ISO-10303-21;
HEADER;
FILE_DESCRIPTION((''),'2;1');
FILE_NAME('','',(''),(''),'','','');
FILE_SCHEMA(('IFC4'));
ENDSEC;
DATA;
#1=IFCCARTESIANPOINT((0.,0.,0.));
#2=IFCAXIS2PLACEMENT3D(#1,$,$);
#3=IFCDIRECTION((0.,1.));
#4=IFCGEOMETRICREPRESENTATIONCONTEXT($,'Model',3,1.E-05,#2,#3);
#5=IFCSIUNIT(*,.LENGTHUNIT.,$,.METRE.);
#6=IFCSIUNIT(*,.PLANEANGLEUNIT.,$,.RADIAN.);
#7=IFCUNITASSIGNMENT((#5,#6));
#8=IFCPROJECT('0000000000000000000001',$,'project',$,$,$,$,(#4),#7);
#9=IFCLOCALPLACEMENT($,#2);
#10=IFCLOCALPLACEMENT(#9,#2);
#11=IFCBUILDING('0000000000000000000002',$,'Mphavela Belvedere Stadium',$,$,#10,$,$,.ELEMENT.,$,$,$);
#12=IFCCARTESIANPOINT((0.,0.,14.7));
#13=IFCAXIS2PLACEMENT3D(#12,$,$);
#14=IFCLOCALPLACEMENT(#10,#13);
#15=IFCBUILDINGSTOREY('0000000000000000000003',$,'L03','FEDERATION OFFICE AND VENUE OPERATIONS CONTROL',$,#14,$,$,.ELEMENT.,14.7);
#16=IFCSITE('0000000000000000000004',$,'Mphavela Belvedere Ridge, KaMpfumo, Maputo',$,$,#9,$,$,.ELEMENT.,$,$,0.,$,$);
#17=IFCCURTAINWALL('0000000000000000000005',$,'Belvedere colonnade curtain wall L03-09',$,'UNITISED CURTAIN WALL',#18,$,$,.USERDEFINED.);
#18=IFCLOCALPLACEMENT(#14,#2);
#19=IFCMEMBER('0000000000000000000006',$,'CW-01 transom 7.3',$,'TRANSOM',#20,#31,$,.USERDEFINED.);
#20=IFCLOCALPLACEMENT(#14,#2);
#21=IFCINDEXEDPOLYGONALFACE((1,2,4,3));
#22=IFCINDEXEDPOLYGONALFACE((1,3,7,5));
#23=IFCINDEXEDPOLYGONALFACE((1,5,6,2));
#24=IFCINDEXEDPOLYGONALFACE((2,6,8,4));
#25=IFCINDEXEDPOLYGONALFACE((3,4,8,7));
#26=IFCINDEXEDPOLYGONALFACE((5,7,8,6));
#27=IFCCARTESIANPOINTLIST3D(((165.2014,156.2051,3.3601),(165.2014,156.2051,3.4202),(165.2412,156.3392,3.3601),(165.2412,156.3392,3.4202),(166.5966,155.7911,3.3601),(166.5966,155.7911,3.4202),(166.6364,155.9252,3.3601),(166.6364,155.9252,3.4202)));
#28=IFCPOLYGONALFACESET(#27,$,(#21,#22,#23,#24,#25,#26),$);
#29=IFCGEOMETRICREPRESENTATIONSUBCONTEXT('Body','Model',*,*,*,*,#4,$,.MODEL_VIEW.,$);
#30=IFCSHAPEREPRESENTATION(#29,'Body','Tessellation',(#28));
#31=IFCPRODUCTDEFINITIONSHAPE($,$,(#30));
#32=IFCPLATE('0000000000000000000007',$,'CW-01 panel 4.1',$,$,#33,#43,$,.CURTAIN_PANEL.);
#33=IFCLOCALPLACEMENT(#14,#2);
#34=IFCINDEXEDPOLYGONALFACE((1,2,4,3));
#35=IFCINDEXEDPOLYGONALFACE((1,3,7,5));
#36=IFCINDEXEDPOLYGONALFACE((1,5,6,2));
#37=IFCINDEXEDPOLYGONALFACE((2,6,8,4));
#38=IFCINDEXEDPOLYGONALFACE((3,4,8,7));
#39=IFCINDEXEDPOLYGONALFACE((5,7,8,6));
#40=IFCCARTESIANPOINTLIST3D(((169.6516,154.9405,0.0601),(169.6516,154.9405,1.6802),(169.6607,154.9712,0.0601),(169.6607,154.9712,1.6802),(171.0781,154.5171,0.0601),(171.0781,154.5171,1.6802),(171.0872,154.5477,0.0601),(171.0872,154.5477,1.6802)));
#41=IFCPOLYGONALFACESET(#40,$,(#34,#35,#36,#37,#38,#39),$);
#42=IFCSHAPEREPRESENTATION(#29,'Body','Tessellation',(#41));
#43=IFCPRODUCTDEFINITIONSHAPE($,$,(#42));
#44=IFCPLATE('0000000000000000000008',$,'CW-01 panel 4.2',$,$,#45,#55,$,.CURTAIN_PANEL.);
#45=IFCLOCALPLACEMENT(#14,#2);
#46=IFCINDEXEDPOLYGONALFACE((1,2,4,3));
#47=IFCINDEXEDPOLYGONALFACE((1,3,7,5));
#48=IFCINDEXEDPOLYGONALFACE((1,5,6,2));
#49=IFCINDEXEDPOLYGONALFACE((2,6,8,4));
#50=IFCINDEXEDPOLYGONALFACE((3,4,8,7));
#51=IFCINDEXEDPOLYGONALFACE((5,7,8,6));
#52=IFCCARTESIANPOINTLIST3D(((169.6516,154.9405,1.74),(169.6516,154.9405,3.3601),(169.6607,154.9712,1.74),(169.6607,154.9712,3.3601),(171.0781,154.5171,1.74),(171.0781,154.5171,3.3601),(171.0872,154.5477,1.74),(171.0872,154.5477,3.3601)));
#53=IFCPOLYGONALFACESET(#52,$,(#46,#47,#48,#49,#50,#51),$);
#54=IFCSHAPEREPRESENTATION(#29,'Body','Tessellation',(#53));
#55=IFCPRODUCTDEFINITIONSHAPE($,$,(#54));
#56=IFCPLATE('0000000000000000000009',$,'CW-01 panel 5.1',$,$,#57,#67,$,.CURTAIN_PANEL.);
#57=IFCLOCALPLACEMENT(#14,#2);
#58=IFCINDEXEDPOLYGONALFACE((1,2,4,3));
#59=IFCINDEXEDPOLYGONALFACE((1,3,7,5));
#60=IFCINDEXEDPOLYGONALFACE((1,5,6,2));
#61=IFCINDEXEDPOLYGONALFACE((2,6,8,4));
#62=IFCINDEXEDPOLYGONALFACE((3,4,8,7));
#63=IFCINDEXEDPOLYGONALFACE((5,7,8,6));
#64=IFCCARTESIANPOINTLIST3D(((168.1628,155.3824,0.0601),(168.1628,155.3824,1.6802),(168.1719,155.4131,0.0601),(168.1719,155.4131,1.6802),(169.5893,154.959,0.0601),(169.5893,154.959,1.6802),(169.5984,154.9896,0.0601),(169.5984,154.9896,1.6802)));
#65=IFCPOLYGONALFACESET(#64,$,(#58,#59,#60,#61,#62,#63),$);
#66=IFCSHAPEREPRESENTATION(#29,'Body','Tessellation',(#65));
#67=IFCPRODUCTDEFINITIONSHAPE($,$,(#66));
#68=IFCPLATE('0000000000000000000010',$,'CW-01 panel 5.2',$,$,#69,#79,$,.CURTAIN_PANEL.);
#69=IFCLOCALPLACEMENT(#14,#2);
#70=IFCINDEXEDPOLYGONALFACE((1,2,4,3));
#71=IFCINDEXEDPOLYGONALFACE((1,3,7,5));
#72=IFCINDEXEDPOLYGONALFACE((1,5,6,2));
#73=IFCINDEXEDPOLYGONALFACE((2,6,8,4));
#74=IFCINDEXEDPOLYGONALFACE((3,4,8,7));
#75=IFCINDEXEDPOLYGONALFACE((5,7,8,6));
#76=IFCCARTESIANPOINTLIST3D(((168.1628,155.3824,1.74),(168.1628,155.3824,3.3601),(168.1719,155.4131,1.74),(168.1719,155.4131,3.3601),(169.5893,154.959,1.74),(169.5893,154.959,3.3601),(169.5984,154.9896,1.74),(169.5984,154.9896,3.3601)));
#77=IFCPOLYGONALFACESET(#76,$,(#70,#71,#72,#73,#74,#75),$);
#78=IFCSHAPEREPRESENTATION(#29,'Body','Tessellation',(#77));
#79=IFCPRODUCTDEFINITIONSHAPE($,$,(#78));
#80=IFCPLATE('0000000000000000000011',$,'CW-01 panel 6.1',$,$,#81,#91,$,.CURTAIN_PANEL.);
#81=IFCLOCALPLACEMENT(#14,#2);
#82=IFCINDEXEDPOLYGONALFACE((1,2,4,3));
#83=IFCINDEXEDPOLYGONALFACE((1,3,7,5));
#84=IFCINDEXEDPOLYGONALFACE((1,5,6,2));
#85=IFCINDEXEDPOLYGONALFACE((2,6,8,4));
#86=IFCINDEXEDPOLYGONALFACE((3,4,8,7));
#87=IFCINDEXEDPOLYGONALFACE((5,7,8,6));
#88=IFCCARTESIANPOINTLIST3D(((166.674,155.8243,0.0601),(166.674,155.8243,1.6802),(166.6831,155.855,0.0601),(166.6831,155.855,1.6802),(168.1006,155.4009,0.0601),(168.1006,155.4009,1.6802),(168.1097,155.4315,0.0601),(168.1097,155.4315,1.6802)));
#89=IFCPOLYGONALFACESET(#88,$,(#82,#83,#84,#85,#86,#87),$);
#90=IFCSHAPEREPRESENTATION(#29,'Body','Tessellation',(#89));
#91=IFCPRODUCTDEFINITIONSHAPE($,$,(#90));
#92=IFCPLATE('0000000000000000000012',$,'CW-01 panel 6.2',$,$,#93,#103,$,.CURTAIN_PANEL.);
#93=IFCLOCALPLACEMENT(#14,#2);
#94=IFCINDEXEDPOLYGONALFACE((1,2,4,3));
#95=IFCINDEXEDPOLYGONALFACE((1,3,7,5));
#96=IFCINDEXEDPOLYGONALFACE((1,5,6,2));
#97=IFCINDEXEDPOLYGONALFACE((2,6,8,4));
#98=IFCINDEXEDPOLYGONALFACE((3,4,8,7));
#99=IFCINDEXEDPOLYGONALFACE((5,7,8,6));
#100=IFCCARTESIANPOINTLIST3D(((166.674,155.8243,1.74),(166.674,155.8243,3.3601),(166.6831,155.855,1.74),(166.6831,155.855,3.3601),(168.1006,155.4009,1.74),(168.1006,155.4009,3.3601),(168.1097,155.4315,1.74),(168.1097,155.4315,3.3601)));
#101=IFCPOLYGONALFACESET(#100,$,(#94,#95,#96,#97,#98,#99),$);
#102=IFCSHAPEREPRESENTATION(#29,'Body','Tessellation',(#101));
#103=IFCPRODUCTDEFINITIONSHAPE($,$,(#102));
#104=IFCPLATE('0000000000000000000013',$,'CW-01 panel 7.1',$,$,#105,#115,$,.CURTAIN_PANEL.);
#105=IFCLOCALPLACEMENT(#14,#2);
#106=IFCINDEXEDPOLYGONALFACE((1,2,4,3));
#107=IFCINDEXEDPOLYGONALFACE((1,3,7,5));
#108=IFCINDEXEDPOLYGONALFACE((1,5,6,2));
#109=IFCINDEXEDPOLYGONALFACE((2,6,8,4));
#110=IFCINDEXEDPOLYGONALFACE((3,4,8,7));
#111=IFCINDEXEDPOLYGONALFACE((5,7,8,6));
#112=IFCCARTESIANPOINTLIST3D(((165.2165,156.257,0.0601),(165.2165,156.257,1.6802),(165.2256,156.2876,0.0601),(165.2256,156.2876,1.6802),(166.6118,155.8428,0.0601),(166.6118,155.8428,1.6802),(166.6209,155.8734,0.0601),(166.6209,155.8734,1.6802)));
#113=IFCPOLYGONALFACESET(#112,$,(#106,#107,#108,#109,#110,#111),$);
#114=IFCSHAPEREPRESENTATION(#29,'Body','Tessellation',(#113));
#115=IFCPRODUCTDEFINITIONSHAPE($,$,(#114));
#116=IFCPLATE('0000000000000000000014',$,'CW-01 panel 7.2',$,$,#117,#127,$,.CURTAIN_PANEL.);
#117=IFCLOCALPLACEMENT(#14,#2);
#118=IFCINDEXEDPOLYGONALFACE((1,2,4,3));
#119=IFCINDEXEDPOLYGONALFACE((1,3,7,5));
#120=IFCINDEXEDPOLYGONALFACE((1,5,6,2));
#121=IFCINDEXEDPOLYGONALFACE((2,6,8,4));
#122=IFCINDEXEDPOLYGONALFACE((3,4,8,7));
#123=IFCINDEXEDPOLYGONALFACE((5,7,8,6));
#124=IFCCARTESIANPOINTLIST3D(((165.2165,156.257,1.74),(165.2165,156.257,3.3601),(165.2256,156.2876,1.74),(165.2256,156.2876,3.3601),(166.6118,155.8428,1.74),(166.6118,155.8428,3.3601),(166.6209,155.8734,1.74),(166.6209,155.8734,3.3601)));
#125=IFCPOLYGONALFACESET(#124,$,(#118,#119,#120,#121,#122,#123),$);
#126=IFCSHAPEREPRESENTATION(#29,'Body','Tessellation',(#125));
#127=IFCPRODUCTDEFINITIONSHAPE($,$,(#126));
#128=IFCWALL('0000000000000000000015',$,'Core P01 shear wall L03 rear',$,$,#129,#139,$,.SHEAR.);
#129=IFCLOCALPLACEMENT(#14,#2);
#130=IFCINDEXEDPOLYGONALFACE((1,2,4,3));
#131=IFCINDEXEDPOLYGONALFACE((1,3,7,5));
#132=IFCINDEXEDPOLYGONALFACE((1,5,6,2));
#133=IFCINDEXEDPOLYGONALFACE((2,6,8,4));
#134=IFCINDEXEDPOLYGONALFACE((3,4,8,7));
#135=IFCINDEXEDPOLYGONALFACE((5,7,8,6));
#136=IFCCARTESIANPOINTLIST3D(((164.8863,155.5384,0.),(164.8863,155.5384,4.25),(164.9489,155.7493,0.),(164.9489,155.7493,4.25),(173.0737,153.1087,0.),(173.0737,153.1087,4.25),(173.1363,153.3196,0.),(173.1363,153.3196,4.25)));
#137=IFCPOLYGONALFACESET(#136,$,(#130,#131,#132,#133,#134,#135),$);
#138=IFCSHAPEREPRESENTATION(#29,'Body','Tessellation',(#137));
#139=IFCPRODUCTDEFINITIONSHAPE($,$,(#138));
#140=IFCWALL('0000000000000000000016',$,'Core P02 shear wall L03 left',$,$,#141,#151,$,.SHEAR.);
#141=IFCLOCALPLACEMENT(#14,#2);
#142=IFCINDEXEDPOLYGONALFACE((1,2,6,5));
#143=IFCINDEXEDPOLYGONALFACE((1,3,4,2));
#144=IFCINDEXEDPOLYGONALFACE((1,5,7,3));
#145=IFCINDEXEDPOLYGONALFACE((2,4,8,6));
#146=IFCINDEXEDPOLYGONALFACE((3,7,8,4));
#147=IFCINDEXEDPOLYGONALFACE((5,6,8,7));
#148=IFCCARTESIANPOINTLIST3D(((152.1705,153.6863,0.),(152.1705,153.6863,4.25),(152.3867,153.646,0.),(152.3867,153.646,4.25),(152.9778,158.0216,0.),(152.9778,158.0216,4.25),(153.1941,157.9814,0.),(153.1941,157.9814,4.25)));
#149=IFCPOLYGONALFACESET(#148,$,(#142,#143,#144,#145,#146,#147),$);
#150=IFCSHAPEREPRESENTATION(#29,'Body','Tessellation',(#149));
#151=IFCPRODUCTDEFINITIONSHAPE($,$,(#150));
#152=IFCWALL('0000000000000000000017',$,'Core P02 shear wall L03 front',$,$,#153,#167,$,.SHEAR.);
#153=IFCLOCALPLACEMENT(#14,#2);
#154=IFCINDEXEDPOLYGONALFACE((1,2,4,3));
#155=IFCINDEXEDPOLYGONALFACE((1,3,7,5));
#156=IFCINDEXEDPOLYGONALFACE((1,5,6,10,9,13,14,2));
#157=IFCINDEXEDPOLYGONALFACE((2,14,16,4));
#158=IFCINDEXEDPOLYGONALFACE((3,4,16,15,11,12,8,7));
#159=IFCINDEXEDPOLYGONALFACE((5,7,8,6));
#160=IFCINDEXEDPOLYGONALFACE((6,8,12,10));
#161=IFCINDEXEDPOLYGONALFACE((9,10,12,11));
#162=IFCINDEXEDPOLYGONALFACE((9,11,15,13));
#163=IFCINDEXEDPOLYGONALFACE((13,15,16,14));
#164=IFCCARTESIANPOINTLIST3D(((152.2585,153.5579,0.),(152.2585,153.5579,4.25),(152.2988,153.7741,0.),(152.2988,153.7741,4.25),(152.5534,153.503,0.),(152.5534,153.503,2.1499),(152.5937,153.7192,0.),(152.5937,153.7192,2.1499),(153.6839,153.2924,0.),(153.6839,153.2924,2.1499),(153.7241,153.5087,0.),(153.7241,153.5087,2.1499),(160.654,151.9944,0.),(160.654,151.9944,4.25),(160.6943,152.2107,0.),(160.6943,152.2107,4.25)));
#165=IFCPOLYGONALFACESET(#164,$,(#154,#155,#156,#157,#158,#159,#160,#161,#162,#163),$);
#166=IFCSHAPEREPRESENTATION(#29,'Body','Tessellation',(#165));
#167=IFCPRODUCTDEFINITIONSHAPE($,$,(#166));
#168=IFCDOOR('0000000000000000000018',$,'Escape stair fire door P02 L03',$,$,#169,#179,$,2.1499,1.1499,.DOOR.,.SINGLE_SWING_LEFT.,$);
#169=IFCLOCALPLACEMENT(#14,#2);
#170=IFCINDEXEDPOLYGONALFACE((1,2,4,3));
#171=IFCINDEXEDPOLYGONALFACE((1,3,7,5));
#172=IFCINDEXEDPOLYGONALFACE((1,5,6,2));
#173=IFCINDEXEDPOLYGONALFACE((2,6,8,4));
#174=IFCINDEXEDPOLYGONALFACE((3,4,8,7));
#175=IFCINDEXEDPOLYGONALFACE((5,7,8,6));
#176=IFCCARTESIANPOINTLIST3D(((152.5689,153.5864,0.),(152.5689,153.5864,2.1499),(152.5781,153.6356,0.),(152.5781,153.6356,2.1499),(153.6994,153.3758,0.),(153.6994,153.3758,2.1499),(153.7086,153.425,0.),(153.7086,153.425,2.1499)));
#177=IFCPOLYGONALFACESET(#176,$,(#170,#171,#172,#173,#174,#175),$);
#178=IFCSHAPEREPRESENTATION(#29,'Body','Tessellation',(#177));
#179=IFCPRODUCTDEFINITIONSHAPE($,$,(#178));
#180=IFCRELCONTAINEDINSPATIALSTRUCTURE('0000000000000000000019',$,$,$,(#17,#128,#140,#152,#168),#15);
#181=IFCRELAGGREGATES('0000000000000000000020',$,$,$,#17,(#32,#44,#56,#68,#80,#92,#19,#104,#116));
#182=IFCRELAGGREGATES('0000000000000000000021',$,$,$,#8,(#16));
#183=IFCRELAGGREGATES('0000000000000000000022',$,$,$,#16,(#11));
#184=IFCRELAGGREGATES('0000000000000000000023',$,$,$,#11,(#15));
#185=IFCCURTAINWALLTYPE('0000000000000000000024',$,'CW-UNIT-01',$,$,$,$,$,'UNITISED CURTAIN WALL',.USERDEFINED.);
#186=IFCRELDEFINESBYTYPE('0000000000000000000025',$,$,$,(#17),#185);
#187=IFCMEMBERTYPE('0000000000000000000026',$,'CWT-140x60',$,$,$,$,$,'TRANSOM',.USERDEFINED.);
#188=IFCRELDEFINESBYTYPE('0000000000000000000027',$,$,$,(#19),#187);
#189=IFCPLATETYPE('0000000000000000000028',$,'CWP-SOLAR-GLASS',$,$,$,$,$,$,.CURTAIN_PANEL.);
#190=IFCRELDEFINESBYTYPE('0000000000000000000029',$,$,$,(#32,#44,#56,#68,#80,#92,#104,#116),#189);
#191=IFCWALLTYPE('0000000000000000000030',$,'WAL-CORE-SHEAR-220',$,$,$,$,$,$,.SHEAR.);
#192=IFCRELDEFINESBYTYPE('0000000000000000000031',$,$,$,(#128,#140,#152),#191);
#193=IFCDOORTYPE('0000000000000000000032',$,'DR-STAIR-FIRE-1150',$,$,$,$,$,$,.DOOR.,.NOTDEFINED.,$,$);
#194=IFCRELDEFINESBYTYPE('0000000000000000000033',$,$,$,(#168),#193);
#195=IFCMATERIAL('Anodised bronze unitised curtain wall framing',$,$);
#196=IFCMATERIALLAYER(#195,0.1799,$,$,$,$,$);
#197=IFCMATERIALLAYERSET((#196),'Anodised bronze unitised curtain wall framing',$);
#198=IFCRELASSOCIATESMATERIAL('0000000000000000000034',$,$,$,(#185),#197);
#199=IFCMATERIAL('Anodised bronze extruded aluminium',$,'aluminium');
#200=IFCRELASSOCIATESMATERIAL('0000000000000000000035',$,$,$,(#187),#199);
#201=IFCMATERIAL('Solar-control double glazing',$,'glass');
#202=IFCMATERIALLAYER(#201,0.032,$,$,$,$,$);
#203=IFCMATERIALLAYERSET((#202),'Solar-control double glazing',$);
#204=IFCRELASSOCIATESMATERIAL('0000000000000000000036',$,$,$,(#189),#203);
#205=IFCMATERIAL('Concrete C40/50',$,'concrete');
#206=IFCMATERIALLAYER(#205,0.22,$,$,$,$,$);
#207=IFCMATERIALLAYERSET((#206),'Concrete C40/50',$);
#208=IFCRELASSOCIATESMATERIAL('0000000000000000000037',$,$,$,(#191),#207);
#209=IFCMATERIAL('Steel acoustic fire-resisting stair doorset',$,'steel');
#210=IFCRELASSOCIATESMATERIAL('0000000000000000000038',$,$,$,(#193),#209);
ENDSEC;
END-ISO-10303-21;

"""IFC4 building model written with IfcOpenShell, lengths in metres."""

from ifc_helpers import new_model, si_unit, direction, frame, frame_2d, origin, origin_2d, place, context, subcontext, project, spatial, rectangle, extrude, material, layer, layer_set, material_profile, profile_set, type_object, element, fill, aggregate, save


model = new_model("IFC4")

# Units and contexts
model_context = context("Model", 3, precision=1e-05, world=origin(), true_north=direction((0.0, 1.0)))
body_context = subcontext(model_context, "Body", "Model", "MODEL_VIEW")
ifc_project = project(units=[si_unit("LENGTHUNIT", "METRE"), si_unit("PLANEANGLEUNIT", "RADIAN")], contexts=[model_context])

# Site, building, storey
site_placement = place(None, origin())
site = spatial("IfcSite", under=ifc_project, at=site_placement, Name="Mphavela Belvedere Ridge, KaMpfumo, Maputo", CompositionType="ELEMENT", RefElevation=0.0)
building_placement = place(site_placement, origin())
building = spatial("IfcBuilding", under=site, at=building_placement, Name="Mphavela Belvedere Stadium", CompositionType="ELEMENT")
storey_placement = place(building_placement, frame((0.0, 0.0, 14.7)))
storey = spatial("IfcBuildingStorey", under=building, at=storey_placement, Name="L03", Description="FEDERATION OFFICE AND VENUE OPERATIONS CONTROL", CompositionType="ELEMENT", Elevation=14.7)

# Curtain wall, member, plates
ifc_material_1 = material(Name="Anodised bronze unitised curtain wall framing")
ifc_layer_1 = layer(ifc_material_1, 0.1799)
ifc_layer_set_1 = layer_set([ifc_layer_1], Name="Anodised bronze unitised curtain wall framing")
curtain_wall_type = type_object("IfcCurtainWallType", Name="CW-UNIT-01", ElementType="UNITISED CURTAIN WALL", PredefinedType="USERDEFINED", material=ifc_layer_set_1)
curtain_wall_placement = place(storey_placement, origin())
curtain_wall = element("IfcCurtainWall", 1, at=curtain_wall_placement, inside=storey, type_object=curtain_wall_type, Name="Belvedere colonnade curtain wall L03-09", ObjectType="UNITISED CURTAIN WALL", PredefinedType="USERDEFINED")
ifc_material_2 = material(Name="Anodised bronze extruded aluminium", Category="aluminium")
ifc_material_profile_1 = material_profile(ifc_material_2, rectangle(XDim=0.1399, YDim=0.0601, at=origin_2d()), Name="CW-TRN 140x60")
ifc_profile_set_1 = profile_set([ifc_material_profile_1], Name="Anodised bronze extruded aluminium")
member_type_1 = type_object("IfcMemberType", Name="CWT-140x60", ElementType="TRANSOM", PredefinedType="USERDEFINED", material=ifc_profile_set_1)
member_1_placement = place(storey_placement, frame((166.6165, 155.8582, 3.3901), z_axis=(-0.958676, 0.2845, 0.0), x_axis=(-0.2845, -0.958676, 0.0)))
member_1 = element("IfcMember", 2, at=member_1_placement, type_object=member_type_1, Name="CW-01 transom 7.3", ObjectType="TRANSOM", PredefinedType="USERDEFINED", context=body_context, shape_type="SweptSolid", body=[
    extrude(rectangle(XDim=0.1399, YDim=0.0601, at=origin_2d()), origin(), (0.0, 0.0, 1.0), 1.4553),
])
ifc_material_3 = material(Name="Solar-control double glazing", Category="glass")
ifc_layer_2 = layer(ifc_material_3, 0.032)
ifc_layer_set_2 = layer_set([ifc_layer_2], Name="Solar-control double glazing")
plate_type = type_object("IfcPlateType", Name="CWP-SOLAR-GLASS", PredefinedType="CURTAIN_PANEL", material=ifc_layer_set_2)
plate_1_placement = place(storey_placement, frame((170.3694, 154.7441, 0.0601), z_axis=(0.0, 0.0, 1.0), x_axis=(-0.958657, 0.284565, 0.0)))
plate_1 = element("IfcPlate", 3, at=plate_1_placement, type_object=plate_type, Name="CW-01 panel 4.1", PredefinedType="CURTAIN_PANEL", context=body_context, shape_type="SweptSolid", body=[
    extrude(rectangle(XDim=1.488, YDim=0.032, at=origin_2d()), origin(), (0.0, 0.0, 1.0), 1.6201),
])
plate_2_placement = place(storey_placement, frame((170.3694, 154.7441, 1.74), z_axis=(0.0, 0.0, 1.0), x_axis=(-0.958657, 0.284565, 0.0)))
plate_2 = element("IfcPlate", 4, at=plate_2_placement, type_object=plate_type, Name="CW-01 panel 4.2", PredefinedType="CURTAIN_PANEL", context=body_context, shape_type="SweptSolid", body=[
    extrude(rectangle(XDim=1.488, YDim=0.032, at=origin_2d()), origin(), (0.0, 0.0, 1.0), 1.6201),
])
plate_3_placement = place(storey_placement, frame((168.8806, 155.186, 0.0601), z_axis=(0.0, 0.0, 1.0), x_axis=(-0.958657, 0.284565, 0.0)))
plate_3 = element("IfcPlate", 5, at=plate_3_placement, type_object=plate_type, Name="CW-01 panel 5.1", PredefinedType="CURTAIN_PANEL", context=body_context, shape_type="SweptSolid", body=[
    extrude(rectangle(XDim=1.488, YDim=0.032, at=origin_2d()), origin(), (0.0, 0.0, 1.0), 1.6201),
])
plate_4_placement = place(storey_placement, frame((168.8806, 155.186, 1.74), z_axis=(0.0, 0.0, 1.0), x_axis=(-0.958657, 0.284565, 0.0)))
plate_4 = element("IfcPlate", 6, at=plate_4_placement, type_object=plate_type, Name="CW-01 panel 5.2", PredefinedType="CURTAIN_PANEL", context=body_context, shape_type="SweptSolid", body=[
    extrude(rectangle(XDim=1.488, YDim=0.032, at=origin_2d()), origin(), (0.0, 0.0, 1.0), 1.6201),
])
plate_5_placement = place(storey_placement, frame((167.3918, 155.6279, 0.0601), z_axis=(0.0, 0.0, 1.0), x_axis=(-0.958657, 0.284565, 0.0)))
plate_5 = element("IfcPlate", 7, at=plate_5_placement, type_object=plate_type, Name="CW-01 panel 6.1", PredefinedType="CURTAIN_PANEL", context=body_context, shape_type="SweptSolid", body=[
    extrude(rectangle(XDim=1.488, YDim=0.032, at=origin_2d()), origin(), (0.0, 0.0, 1.0), 1.6201),
])
plate_6_placement = place(storey_placement, frame((167.3918, 155.6279, 1.74), z_axis=(0.0, 0.0, 1.0), x_axis=(-0.958657, 0.284565, 0.0)))
plate_6 = element("IfcPlate", 8, at=plate_6_placement, type_object=plate_type, Name="CW-01 panel 6.2", PredefinedType="CURTAIN_PANEL", context=body_context, shape_type="SweptSolid", body=[
    extrude(rectangle(XDim=1.488, YDim=0.032, at=origin_2d()), origin(), (0.0, 0.0, 1.0), 1.6201),
])
plate_7_placement = place(storey_placement, frame((165.9187, 156.0652, 0.0601), z_axis=(0.0, 0.0, 1.0), x_axis=(-0.958657, 0.284565, 0.0)))
plate_7 = element("IfcPlate", 9, at=plate_7_placement, type_object=plate_type, Name="CW-01 panel 7.1", PredefinedType="CURTAIN_PANEL", context=body_context, shape_type="SweptSolid", body=[
    extrude(rectangle(XDim=1.4556, YDim=0.032, at=origin_2d()), origin(), (0.0, 0.0, 1.0), 1.6201),
])
plate_8_placement = place(storey_placement, frame((165.9187, 156.0652, 1.74), z_axis=(0.0, 0.0, 1.0), x_axis=(-0.958657, 0.284565, 0.0)))
plate_8 = element("IfcPlate", 10, at=plate_8_placement, type_object=plate_type, Name="CW-01 panel 7.2", PredefinedType="CURTAIN_PANEL", context=body_context, shape_type="SweptSolid", body=[
    extrude(rectangle(XDim=1.4556, YDim=0.032, at=origin_2d()), origin(), (0.0, 0.0, 1.0), 1.6201),
])
aggregate(curtain_wall, [plate_1, plate_2, plate_3, plate_4, plate_5, plate_6, member_1, plate_7, plate_8])

# Walls
ifc_material_4 = material(Name="Concrete C40/50", Category="concrete")
ifc_layer_3 = layer(ifc_material_4, 0.22)
ifc_layer_set_3 = layer_set([ifc_layer_3], Name="Concrete C40/50")
wall_type = type_object("IfcWallType", Name="WAL-CORE-SHEAR-220", PredefinedType="SHEAR", material=ifc_layer_set_3)
wall_1_placement = place(storey_placement, frame((164.9177, 155.6438, 0.0), z_axis=(0.0, 0.0, 1.0), x_axis=(0.958676, -0.284501, 0.0)))
element("IfcWall", 11, at=wall_1_placement, inside=storey, type_object=wall_type, Name="Core P01 shear wall L03 rear", PredefinedType="SHEAR", context=body_context, shape_type="SweptSolid", body=[
    extrude(rectangle(XDim=8.5403, YDim=0.22, at=frame_2d((4.27, 0.0))), origin(), (0.0, 0.0, 1.0), 4.25),
])
wall_2_placement = place(storey_placement, frame((152.2786, 153.666, 0.0), z_axis=(0.0, 0.0, 1.0), x_axis=(0.183078, 0.983098, 0.0)))
element("IfcWall", 12, at=wall_2_placement, inside=storey, type_object=wall_type, Name="Core P02 shear wall L03 left", PredefinedType="SHEAR", context=body_context, shape_type="SweptSolid", body=[
    extrude(rectangle(XDim=4.4099, YDim=0.22, at=frame_2d((2.2051, 0.0))), origin(), (0.0, 0.0, 1.0), 4.25),
])

# Wall, opening, door
wall_3_placement = place(storey_placement, frame((152.2786, 153.666, 0.0), z_axis=(0.0, 0.0, 1.0), x_axis=(0.983098, -0.18308, 0.0)))
wall_3 = element("IfcWall", 13, at=wall_3_placement, inside=storey, type_object=wall_type, Name="Core P02 shear wall L03 front", PredefinedType="SHEAR", context=body_context, shape_type="SweptSolid", body=[
    extrude(rectangle(XDim=8.5398, YDim=0.22, at=frame_2d((4.27, 0.0))), origin(), (0.0, 0.0, 1.0), 4.25),
])
opening_placement = place(wall_3_placement, frame((0.3, 0.0, 0.0)))
opening = element("IfcOpeningElement", 14, at=opening_placement, cuts=wall_3, PredefinedType="OPENING", context=body_context, shape_type="SweptSolid", body=[
    extrude(rectangle(XDim=1.1499, YDim=2.1499, at=frame_2d((0.575, 1.075))), frame((0.0, 0.1201, 0.0), z_axis=(0.0, -1.0, 0.0), x_axis=(1.0, 0.0, 0.0)), (0.0, 0.0, 1.0), 0.24),
])
ifc_material_5 = material(Name="Steel acoustic fire-resisting stair doorset", Category="steel")
door_type = type_object("IfcDoorType", Name="DR-STAIR-FIRE-1150", OperationType="NOTDEFINED", PredefinedType="DOOR", material=ifc_material_5)
door_placement = place(opening_placement, origin())
door = element("IfcDoor", 15, at=door_placement, inside=storey, type_object=door_type, Name="Escape stair fire door P02 L03", OperationType="SINGLE_SWING_LEFT", OverallHeight=2.1499, OverallWidth=1.1499, PredefinedType="DOOR", context=body_context, shape_type="SweptSolid", body=[
    extrude(rectangle(XDim=1.1499, YDim=2.1499, at=frame_2d((0.575, 1.075))), frame((0.0, 0.0249, 0.0), z_axis=(0.0, -1.0, 0.0), x_axis=(1.0, 0.0, 0.0)), (0.0, 0.0, 1.0), 0.05),
])
fill(opening, door)

save(model, "model.ifc")
